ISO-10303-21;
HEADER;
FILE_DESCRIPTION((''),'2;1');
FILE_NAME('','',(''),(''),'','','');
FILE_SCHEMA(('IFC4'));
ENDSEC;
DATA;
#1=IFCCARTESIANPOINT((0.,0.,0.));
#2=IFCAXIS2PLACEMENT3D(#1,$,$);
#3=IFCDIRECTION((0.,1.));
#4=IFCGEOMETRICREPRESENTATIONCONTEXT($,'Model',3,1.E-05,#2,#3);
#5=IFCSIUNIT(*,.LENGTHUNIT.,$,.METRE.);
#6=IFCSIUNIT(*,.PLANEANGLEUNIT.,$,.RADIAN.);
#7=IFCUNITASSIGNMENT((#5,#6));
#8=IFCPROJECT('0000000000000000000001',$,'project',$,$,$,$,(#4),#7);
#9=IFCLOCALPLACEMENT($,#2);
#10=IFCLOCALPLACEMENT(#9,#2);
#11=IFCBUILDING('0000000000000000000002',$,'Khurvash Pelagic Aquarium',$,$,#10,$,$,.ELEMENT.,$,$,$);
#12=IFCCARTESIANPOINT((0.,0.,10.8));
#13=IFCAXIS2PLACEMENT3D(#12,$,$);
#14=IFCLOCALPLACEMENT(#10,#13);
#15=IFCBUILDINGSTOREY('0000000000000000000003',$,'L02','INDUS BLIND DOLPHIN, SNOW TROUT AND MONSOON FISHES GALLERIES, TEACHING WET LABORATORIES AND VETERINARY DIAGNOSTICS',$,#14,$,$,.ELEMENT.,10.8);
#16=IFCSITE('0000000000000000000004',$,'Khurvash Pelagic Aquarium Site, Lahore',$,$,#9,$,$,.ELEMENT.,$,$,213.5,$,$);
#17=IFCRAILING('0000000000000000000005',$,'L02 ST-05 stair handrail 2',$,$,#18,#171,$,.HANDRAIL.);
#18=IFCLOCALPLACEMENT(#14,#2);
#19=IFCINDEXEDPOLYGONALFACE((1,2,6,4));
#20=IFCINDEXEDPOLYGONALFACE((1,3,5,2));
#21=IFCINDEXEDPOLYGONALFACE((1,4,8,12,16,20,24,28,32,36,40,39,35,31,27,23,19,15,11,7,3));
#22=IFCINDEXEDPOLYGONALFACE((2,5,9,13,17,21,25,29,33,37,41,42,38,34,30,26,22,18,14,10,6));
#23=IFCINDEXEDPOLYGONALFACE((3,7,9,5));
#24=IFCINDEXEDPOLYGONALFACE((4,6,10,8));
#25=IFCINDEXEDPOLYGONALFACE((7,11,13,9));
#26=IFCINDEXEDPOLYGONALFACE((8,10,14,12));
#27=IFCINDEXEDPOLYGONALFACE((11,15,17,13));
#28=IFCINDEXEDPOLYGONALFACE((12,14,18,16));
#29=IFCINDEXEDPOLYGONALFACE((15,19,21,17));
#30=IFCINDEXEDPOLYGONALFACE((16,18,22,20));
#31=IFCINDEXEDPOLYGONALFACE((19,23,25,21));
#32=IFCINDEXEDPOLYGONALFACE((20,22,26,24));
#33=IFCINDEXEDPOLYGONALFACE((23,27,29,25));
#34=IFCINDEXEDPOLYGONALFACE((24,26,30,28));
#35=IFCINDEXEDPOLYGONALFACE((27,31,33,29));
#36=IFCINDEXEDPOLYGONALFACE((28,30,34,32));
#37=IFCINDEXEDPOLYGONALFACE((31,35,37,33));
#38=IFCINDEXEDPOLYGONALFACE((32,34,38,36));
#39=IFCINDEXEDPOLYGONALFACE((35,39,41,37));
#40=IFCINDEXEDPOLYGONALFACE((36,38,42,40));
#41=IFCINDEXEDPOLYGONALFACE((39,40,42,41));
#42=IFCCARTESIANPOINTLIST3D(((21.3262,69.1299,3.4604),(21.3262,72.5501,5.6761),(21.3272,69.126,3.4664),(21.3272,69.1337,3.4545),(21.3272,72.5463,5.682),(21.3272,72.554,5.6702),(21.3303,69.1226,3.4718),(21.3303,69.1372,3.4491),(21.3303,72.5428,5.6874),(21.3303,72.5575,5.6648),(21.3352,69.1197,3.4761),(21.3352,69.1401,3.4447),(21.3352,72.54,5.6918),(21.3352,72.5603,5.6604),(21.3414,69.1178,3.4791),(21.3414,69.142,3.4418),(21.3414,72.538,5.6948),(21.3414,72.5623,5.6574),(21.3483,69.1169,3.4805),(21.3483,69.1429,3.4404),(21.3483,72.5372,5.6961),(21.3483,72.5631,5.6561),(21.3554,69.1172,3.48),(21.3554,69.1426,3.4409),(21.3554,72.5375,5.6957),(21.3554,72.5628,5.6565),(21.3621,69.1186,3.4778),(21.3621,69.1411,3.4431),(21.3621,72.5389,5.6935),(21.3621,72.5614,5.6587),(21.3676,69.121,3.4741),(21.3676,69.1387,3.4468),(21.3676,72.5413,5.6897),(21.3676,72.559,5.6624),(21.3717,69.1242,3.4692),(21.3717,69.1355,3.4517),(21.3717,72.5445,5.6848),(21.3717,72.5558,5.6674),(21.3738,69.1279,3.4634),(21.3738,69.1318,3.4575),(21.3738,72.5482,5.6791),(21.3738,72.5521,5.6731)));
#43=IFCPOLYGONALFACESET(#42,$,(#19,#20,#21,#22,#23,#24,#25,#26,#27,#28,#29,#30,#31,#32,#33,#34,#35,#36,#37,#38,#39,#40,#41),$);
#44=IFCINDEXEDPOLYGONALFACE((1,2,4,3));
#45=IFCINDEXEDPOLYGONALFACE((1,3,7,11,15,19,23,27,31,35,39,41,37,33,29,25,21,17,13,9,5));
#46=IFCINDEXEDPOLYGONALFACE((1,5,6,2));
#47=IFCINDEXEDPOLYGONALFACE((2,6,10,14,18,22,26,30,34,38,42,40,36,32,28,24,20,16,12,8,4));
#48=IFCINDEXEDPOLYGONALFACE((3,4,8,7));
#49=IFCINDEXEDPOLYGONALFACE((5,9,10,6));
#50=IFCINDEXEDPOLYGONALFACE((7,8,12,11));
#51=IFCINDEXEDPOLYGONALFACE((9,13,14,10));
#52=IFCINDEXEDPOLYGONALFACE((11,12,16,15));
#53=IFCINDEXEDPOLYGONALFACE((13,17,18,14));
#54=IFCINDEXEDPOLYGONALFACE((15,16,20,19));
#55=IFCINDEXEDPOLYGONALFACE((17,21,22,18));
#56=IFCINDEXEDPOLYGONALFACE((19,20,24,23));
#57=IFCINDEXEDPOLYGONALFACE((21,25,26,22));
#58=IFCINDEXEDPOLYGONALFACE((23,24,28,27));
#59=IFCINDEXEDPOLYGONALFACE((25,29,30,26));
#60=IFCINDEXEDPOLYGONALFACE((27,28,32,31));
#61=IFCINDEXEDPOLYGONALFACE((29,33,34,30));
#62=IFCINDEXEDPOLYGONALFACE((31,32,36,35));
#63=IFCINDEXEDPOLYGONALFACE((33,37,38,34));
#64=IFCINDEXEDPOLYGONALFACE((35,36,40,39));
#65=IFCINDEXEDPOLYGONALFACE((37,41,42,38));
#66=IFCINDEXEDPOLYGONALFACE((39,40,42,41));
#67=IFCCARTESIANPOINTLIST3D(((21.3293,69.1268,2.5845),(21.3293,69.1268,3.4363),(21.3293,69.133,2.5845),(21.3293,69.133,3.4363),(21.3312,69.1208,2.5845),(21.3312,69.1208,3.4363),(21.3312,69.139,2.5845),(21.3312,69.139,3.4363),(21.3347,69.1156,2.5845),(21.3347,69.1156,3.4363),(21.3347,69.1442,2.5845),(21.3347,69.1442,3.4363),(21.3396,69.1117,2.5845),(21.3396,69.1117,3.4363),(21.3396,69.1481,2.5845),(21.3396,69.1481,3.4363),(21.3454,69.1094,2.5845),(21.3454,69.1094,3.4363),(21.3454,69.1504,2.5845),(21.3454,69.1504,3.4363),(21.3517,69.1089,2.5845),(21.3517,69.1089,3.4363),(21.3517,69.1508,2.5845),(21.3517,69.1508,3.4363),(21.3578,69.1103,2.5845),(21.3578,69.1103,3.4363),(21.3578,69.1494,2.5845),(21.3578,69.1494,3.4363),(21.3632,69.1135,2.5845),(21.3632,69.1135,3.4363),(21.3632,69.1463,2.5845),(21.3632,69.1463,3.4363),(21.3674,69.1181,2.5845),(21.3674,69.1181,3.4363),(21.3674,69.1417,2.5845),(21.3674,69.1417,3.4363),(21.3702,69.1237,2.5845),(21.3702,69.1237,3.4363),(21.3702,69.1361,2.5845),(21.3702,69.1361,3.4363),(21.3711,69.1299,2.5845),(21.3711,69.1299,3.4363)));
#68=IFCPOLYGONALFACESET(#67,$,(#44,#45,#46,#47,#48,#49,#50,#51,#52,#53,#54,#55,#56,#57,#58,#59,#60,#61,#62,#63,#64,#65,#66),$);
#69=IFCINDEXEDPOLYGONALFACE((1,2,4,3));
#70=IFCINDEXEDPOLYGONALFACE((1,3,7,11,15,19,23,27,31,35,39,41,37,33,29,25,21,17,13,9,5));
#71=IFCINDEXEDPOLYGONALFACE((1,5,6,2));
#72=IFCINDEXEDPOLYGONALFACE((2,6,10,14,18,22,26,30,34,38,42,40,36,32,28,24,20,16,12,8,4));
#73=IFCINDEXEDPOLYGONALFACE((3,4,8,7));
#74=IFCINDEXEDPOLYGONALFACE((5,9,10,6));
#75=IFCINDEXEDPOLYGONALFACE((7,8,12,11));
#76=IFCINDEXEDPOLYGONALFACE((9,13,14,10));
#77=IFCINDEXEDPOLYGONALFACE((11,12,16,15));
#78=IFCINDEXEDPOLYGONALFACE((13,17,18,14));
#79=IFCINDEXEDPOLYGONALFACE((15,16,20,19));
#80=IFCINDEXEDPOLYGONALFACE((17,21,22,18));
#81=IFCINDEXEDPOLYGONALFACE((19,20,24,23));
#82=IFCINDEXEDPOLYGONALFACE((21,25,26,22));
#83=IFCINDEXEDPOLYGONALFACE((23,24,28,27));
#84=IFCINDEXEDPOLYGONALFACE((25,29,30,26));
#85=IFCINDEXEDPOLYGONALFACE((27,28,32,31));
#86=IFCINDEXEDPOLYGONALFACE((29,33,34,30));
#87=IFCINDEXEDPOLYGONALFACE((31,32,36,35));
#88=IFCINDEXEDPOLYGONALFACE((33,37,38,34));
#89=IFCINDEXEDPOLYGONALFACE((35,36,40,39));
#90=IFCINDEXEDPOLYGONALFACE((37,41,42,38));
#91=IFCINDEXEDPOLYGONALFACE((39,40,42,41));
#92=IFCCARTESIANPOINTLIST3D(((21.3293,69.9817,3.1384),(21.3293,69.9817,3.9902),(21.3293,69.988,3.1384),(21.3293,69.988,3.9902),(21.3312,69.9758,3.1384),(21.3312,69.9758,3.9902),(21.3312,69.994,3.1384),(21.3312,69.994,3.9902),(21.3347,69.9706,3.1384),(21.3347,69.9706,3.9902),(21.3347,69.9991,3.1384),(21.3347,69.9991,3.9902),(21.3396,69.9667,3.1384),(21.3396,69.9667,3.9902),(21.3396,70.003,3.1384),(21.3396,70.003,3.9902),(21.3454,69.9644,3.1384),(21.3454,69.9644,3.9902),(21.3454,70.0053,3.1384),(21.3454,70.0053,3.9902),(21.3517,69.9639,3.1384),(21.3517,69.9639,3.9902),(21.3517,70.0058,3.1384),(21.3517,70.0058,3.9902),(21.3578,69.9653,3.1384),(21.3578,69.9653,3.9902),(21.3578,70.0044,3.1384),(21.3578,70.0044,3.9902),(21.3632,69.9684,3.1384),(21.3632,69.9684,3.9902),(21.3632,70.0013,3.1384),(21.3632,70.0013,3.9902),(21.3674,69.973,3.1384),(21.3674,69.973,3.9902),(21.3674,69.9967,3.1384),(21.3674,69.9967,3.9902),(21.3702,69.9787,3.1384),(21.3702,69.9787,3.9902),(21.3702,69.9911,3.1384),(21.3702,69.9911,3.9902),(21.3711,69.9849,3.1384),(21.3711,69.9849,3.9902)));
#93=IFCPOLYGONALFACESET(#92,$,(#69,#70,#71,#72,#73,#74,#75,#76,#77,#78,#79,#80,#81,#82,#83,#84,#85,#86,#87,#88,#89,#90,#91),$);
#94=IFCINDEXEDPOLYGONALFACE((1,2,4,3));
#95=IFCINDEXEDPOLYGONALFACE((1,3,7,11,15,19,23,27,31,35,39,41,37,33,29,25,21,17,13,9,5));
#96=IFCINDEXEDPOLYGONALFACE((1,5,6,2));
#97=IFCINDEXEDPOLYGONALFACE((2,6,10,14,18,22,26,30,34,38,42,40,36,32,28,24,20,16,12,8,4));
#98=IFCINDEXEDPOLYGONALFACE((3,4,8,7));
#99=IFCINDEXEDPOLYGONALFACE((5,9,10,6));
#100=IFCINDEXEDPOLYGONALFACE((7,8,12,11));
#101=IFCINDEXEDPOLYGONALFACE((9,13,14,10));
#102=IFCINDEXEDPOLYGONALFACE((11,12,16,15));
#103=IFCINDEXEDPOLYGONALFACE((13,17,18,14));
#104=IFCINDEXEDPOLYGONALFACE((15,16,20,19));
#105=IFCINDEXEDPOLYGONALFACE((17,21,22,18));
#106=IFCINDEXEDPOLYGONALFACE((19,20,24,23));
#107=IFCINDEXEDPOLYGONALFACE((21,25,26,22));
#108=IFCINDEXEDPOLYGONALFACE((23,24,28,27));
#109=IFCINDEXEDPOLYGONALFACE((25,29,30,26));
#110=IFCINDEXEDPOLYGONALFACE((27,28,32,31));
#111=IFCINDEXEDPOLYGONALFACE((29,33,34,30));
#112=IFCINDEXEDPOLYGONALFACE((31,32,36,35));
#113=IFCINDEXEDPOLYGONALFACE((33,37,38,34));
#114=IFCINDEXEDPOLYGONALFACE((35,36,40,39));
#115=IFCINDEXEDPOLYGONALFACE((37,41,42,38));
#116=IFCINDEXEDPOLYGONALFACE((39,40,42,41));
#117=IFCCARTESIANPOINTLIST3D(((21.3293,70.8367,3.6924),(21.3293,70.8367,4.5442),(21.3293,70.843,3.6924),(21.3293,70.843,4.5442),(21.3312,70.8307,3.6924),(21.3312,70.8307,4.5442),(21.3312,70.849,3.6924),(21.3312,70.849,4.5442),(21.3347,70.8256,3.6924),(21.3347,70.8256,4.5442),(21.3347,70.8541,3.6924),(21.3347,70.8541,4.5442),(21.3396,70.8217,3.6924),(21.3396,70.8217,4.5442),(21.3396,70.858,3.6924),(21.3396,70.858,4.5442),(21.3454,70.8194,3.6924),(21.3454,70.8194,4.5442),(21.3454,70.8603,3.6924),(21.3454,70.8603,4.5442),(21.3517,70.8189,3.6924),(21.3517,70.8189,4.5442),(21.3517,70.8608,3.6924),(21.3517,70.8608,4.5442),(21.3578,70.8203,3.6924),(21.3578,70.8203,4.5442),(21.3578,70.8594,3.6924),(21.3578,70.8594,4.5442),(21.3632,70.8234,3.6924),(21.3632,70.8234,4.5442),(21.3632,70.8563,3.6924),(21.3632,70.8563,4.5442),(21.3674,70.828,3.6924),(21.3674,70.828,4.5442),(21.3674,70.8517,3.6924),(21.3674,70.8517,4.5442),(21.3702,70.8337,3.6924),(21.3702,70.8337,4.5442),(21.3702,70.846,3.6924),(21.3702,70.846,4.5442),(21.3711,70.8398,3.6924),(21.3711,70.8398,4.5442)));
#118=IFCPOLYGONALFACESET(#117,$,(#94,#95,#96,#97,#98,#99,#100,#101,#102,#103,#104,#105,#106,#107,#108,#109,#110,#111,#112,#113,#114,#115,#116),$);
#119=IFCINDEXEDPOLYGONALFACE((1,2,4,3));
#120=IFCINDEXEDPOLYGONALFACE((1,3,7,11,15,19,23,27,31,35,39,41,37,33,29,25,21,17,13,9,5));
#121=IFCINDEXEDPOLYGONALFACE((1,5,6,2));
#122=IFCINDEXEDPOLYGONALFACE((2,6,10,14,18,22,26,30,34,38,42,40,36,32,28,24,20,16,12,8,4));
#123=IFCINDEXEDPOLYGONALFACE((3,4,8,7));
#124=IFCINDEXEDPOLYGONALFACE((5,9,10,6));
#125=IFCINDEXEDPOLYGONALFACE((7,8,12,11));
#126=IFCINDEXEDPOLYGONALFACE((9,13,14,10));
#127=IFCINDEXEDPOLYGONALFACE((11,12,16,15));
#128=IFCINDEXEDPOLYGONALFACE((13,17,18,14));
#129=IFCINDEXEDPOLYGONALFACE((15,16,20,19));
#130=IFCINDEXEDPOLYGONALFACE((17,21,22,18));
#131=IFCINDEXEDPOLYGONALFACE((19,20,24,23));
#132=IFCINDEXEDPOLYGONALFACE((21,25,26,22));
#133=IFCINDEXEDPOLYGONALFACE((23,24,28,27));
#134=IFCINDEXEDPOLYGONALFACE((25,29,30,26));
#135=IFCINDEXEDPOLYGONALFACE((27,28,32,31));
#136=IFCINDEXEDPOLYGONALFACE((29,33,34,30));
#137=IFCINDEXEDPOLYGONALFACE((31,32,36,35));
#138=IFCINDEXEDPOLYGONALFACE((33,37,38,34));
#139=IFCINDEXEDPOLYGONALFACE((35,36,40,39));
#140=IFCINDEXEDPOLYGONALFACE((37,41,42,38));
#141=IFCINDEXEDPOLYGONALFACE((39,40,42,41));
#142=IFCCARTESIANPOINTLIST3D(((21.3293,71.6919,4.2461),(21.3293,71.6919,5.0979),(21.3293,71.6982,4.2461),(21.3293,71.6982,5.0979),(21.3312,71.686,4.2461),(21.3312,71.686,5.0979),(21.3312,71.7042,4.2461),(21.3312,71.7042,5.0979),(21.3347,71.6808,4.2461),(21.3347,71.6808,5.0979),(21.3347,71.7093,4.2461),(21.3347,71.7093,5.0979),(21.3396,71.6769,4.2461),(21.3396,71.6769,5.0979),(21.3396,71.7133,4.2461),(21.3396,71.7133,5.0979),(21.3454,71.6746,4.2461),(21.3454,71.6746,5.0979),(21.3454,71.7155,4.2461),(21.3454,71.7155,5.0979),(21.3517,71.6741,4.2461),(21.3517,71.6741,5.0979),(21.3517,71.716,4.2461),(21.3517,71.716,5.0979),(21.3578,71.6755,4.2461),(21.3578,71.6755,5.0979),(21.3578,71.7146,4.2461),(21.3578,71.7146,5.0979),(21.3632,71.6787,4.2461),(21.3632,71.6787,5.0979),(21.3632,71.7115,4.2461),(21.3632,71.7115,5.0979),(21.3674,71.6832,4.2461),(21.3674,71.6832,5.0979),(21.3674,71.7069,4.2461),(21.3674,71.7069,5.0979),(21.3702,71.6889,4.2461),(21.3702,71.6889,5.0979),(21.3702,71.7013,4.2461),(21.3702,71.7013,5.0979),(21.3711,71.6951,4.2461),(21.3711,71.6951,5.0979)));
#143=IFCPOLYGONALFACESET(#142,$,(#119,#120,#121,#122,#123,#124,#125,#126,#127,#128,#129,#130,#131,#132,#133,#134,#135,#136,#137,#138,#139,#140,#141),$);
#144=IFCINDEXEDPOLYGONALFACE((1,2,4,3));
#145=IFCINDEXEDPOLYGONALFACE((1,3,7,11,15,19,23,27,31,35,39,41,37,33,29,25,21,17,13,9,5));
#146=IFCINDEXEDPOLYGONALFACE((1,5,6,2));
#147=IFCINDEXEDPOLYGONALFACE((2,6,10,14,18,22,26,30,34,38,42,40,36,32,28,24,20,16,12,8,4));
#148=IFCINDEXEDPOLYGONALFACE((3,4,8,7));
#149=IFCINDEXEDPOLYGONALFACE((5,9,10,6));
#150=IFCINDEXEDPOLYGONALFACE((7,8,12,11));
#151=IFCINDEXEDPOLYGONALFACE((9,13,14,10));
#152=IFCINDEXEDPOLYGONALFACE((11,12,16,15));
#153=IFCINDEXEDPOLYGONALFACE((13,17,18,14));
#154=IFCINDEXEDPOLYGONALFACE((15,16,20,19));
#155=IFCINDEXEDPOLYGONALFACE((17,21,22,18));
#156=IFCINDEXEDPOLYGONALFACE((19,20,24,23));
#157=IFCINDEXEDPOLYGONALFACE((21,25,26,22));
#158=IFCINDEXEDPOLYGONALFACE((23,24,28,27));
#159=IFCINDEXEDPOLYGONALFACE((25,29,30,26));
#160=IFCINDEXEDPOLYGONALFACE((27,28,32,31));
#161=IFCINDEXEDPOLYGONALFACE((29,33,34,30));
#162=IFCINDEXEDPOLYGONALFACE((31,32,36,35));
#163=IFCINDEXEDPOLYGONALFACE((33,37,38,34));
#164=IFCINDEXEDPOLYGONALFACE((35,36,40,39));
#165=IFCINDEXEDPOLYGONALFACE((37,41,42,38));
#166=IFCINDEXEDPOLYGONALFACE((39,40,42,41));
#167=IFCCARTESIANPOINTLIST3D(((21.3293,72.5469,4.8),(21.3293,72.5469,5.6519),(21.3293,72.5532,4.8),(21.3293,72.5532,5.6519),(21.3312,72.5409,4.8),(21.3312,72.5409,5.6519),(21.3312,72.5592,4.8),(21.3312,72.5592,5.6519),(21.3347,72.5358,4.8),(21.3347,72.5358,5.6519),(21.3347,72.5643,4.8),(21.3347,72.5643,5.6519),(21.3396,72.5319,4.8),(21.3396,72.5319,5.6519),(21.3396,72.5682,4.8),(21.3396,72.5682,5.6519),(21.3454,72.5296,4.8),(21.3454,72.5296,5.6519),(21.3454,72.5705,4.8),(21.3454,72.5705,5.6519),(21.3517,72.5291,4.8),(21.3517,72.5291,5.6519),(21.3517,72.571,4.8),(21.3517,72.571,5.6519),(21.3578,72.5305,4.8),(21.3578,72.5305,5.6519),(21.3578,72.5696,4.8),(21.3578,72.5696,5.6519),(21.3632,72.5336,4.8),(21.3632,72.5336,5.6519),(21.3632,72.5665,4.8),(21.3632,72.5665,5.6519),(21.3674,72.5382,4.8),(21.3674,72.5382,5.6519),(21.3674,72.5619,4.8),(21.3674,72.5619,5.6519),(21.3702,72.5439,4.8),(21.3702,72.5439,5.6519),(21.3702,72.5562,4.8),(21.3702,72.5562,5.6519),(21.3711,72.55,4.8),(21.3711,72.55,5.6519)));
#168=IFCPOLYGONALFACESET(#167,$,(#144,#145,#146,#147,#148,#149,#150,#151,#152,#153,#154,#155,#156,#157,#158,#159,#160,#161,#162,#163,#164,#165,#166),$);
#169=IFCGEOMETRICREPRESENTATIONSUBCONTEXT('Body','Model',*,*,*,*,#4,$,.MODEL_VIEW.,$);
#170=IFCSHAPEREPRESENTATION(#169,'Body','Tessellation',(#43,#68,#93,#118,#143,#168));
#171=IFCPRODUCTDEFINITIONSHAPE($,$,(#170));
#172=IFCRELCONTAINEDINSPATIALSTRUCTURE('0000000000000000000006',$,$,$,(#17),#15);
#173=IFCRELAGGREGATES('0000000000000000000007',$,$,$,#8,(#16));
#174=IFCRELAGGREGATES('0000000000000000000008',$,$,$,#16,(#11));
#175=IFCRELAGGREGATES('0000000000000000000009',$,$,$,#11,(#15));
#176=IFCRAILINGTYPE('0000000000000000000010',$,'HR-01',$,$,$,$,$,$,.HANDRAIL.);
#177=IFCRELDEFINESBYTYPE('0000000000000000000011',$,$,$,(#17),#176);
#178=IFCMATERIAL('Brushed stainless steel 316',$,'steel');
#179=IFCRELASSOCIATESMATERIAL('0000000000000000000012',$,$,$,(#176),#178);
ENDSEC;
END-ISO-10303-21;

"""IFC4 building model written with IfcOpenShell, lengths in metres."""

from ifc_helpers import new_model, si_unit, direction, frame, origin, origin_2d, place, context, subcontext, project, spatial, circle, extrude, material, type_object, element, save


model = new_model("IFC4")

# Units and contexts
model_context = context("Model", 3, precision=1e-05, world=origin(), true_north=direction((0.0, 1.0)))
body_context = subcontext(model_context, "Body", "Model", "MODEL_VIEW")
ifc_project = project(units=[si_unit("LENGTHUNIT", "METRE"), si_unit("PLANEANGLEUNIT", "RADIAN")], contexts=[model_context])

# Site, building, storey
site_placement = place(None, origin())
site = spatial("IfcSite", under=ifc_project, at=site_placement, Name="Khurvash Pelagic Aquarium Site, Lahore", CompositionType="ELEMENT", RefElevation=213.5)
building_placement = place(site_placement, origin())
building = spatial("IfcBuilding", under=site, at=building_placement, Name="Khurvash Pelagic Aquarium", CompositionType="ELEMENT")
storey_placement = place(building_placement, frame((0.0, 0.0, 10.8)))
storey = spatial("IfcBuildingStorey", under=building, at=storey_placement, Name="L02", Description="INDUS BLIND DOLPHIN, SNOW TROUT AND MONSOON FISHES GALLERIES, TEACHING WET LABORATORIES AND VETERINARY DIAGNOSTICS", CompositionType="ELEMENT", Elevation=10.8)

# Railing
ifc_material_1 = material(Name="Brushed stainless steel 316", Category="steel")
railing_type_1 = type_object("IfcRailingType", Name="HR-01", PredefinedType="HANDRAIL", material=ifc_material_1)
railing_1_placement = place(storey_placement, frame((21.3501, 69.1299, 2.5845)))
element("IfcRailing", 1, at=railing_1_placement, inside=storey, type_object=railing_type_1, Name="L02 ST-05 stair handrail 2", PredefinedType="HANDRAIL", context=body_context, shape_type="SweptSolid", body=[
    extrude(circle(Radius=0.0239, at=origin_2d()), frame((0.0, 0.0, 0.876), z_axis=(0.0, 0.839287, 0.543688), x_axis=(-1.0, 0.0, 0.0)), (0.0, 0.0, 1.0), 4.0752),
    extrude(circle(Radius=0.021, at=origin_2d()), origin(), (0.0, 0.0, 1.0), 0.8518),
    extrude(circle(Radius=0.021, at=origin_2d()), frame((0.0, 0.855, 0.554)), (0.0, 0.0, 1.0), 0.8518),
    extrude(circle(Radius=0.021, at=origin_2d()), frame((0.0, 1.71, 1.1079)), (0.0, 0.0, 1.0), 0.8518),
    extrude(circle(Radius=0.021, at=origin_2d()), frame((0.0, 2.5652, 1.6616)), (0.0, 0.0, 1.0), 0.8518),
    extrude(circle(Radius=0.021, at=origin_2d()), frame((0.0, 3.4202, 2.2156)), (0.0, 0.0, 1.0), 0.8518),
])

save(model, "model.ifc")
